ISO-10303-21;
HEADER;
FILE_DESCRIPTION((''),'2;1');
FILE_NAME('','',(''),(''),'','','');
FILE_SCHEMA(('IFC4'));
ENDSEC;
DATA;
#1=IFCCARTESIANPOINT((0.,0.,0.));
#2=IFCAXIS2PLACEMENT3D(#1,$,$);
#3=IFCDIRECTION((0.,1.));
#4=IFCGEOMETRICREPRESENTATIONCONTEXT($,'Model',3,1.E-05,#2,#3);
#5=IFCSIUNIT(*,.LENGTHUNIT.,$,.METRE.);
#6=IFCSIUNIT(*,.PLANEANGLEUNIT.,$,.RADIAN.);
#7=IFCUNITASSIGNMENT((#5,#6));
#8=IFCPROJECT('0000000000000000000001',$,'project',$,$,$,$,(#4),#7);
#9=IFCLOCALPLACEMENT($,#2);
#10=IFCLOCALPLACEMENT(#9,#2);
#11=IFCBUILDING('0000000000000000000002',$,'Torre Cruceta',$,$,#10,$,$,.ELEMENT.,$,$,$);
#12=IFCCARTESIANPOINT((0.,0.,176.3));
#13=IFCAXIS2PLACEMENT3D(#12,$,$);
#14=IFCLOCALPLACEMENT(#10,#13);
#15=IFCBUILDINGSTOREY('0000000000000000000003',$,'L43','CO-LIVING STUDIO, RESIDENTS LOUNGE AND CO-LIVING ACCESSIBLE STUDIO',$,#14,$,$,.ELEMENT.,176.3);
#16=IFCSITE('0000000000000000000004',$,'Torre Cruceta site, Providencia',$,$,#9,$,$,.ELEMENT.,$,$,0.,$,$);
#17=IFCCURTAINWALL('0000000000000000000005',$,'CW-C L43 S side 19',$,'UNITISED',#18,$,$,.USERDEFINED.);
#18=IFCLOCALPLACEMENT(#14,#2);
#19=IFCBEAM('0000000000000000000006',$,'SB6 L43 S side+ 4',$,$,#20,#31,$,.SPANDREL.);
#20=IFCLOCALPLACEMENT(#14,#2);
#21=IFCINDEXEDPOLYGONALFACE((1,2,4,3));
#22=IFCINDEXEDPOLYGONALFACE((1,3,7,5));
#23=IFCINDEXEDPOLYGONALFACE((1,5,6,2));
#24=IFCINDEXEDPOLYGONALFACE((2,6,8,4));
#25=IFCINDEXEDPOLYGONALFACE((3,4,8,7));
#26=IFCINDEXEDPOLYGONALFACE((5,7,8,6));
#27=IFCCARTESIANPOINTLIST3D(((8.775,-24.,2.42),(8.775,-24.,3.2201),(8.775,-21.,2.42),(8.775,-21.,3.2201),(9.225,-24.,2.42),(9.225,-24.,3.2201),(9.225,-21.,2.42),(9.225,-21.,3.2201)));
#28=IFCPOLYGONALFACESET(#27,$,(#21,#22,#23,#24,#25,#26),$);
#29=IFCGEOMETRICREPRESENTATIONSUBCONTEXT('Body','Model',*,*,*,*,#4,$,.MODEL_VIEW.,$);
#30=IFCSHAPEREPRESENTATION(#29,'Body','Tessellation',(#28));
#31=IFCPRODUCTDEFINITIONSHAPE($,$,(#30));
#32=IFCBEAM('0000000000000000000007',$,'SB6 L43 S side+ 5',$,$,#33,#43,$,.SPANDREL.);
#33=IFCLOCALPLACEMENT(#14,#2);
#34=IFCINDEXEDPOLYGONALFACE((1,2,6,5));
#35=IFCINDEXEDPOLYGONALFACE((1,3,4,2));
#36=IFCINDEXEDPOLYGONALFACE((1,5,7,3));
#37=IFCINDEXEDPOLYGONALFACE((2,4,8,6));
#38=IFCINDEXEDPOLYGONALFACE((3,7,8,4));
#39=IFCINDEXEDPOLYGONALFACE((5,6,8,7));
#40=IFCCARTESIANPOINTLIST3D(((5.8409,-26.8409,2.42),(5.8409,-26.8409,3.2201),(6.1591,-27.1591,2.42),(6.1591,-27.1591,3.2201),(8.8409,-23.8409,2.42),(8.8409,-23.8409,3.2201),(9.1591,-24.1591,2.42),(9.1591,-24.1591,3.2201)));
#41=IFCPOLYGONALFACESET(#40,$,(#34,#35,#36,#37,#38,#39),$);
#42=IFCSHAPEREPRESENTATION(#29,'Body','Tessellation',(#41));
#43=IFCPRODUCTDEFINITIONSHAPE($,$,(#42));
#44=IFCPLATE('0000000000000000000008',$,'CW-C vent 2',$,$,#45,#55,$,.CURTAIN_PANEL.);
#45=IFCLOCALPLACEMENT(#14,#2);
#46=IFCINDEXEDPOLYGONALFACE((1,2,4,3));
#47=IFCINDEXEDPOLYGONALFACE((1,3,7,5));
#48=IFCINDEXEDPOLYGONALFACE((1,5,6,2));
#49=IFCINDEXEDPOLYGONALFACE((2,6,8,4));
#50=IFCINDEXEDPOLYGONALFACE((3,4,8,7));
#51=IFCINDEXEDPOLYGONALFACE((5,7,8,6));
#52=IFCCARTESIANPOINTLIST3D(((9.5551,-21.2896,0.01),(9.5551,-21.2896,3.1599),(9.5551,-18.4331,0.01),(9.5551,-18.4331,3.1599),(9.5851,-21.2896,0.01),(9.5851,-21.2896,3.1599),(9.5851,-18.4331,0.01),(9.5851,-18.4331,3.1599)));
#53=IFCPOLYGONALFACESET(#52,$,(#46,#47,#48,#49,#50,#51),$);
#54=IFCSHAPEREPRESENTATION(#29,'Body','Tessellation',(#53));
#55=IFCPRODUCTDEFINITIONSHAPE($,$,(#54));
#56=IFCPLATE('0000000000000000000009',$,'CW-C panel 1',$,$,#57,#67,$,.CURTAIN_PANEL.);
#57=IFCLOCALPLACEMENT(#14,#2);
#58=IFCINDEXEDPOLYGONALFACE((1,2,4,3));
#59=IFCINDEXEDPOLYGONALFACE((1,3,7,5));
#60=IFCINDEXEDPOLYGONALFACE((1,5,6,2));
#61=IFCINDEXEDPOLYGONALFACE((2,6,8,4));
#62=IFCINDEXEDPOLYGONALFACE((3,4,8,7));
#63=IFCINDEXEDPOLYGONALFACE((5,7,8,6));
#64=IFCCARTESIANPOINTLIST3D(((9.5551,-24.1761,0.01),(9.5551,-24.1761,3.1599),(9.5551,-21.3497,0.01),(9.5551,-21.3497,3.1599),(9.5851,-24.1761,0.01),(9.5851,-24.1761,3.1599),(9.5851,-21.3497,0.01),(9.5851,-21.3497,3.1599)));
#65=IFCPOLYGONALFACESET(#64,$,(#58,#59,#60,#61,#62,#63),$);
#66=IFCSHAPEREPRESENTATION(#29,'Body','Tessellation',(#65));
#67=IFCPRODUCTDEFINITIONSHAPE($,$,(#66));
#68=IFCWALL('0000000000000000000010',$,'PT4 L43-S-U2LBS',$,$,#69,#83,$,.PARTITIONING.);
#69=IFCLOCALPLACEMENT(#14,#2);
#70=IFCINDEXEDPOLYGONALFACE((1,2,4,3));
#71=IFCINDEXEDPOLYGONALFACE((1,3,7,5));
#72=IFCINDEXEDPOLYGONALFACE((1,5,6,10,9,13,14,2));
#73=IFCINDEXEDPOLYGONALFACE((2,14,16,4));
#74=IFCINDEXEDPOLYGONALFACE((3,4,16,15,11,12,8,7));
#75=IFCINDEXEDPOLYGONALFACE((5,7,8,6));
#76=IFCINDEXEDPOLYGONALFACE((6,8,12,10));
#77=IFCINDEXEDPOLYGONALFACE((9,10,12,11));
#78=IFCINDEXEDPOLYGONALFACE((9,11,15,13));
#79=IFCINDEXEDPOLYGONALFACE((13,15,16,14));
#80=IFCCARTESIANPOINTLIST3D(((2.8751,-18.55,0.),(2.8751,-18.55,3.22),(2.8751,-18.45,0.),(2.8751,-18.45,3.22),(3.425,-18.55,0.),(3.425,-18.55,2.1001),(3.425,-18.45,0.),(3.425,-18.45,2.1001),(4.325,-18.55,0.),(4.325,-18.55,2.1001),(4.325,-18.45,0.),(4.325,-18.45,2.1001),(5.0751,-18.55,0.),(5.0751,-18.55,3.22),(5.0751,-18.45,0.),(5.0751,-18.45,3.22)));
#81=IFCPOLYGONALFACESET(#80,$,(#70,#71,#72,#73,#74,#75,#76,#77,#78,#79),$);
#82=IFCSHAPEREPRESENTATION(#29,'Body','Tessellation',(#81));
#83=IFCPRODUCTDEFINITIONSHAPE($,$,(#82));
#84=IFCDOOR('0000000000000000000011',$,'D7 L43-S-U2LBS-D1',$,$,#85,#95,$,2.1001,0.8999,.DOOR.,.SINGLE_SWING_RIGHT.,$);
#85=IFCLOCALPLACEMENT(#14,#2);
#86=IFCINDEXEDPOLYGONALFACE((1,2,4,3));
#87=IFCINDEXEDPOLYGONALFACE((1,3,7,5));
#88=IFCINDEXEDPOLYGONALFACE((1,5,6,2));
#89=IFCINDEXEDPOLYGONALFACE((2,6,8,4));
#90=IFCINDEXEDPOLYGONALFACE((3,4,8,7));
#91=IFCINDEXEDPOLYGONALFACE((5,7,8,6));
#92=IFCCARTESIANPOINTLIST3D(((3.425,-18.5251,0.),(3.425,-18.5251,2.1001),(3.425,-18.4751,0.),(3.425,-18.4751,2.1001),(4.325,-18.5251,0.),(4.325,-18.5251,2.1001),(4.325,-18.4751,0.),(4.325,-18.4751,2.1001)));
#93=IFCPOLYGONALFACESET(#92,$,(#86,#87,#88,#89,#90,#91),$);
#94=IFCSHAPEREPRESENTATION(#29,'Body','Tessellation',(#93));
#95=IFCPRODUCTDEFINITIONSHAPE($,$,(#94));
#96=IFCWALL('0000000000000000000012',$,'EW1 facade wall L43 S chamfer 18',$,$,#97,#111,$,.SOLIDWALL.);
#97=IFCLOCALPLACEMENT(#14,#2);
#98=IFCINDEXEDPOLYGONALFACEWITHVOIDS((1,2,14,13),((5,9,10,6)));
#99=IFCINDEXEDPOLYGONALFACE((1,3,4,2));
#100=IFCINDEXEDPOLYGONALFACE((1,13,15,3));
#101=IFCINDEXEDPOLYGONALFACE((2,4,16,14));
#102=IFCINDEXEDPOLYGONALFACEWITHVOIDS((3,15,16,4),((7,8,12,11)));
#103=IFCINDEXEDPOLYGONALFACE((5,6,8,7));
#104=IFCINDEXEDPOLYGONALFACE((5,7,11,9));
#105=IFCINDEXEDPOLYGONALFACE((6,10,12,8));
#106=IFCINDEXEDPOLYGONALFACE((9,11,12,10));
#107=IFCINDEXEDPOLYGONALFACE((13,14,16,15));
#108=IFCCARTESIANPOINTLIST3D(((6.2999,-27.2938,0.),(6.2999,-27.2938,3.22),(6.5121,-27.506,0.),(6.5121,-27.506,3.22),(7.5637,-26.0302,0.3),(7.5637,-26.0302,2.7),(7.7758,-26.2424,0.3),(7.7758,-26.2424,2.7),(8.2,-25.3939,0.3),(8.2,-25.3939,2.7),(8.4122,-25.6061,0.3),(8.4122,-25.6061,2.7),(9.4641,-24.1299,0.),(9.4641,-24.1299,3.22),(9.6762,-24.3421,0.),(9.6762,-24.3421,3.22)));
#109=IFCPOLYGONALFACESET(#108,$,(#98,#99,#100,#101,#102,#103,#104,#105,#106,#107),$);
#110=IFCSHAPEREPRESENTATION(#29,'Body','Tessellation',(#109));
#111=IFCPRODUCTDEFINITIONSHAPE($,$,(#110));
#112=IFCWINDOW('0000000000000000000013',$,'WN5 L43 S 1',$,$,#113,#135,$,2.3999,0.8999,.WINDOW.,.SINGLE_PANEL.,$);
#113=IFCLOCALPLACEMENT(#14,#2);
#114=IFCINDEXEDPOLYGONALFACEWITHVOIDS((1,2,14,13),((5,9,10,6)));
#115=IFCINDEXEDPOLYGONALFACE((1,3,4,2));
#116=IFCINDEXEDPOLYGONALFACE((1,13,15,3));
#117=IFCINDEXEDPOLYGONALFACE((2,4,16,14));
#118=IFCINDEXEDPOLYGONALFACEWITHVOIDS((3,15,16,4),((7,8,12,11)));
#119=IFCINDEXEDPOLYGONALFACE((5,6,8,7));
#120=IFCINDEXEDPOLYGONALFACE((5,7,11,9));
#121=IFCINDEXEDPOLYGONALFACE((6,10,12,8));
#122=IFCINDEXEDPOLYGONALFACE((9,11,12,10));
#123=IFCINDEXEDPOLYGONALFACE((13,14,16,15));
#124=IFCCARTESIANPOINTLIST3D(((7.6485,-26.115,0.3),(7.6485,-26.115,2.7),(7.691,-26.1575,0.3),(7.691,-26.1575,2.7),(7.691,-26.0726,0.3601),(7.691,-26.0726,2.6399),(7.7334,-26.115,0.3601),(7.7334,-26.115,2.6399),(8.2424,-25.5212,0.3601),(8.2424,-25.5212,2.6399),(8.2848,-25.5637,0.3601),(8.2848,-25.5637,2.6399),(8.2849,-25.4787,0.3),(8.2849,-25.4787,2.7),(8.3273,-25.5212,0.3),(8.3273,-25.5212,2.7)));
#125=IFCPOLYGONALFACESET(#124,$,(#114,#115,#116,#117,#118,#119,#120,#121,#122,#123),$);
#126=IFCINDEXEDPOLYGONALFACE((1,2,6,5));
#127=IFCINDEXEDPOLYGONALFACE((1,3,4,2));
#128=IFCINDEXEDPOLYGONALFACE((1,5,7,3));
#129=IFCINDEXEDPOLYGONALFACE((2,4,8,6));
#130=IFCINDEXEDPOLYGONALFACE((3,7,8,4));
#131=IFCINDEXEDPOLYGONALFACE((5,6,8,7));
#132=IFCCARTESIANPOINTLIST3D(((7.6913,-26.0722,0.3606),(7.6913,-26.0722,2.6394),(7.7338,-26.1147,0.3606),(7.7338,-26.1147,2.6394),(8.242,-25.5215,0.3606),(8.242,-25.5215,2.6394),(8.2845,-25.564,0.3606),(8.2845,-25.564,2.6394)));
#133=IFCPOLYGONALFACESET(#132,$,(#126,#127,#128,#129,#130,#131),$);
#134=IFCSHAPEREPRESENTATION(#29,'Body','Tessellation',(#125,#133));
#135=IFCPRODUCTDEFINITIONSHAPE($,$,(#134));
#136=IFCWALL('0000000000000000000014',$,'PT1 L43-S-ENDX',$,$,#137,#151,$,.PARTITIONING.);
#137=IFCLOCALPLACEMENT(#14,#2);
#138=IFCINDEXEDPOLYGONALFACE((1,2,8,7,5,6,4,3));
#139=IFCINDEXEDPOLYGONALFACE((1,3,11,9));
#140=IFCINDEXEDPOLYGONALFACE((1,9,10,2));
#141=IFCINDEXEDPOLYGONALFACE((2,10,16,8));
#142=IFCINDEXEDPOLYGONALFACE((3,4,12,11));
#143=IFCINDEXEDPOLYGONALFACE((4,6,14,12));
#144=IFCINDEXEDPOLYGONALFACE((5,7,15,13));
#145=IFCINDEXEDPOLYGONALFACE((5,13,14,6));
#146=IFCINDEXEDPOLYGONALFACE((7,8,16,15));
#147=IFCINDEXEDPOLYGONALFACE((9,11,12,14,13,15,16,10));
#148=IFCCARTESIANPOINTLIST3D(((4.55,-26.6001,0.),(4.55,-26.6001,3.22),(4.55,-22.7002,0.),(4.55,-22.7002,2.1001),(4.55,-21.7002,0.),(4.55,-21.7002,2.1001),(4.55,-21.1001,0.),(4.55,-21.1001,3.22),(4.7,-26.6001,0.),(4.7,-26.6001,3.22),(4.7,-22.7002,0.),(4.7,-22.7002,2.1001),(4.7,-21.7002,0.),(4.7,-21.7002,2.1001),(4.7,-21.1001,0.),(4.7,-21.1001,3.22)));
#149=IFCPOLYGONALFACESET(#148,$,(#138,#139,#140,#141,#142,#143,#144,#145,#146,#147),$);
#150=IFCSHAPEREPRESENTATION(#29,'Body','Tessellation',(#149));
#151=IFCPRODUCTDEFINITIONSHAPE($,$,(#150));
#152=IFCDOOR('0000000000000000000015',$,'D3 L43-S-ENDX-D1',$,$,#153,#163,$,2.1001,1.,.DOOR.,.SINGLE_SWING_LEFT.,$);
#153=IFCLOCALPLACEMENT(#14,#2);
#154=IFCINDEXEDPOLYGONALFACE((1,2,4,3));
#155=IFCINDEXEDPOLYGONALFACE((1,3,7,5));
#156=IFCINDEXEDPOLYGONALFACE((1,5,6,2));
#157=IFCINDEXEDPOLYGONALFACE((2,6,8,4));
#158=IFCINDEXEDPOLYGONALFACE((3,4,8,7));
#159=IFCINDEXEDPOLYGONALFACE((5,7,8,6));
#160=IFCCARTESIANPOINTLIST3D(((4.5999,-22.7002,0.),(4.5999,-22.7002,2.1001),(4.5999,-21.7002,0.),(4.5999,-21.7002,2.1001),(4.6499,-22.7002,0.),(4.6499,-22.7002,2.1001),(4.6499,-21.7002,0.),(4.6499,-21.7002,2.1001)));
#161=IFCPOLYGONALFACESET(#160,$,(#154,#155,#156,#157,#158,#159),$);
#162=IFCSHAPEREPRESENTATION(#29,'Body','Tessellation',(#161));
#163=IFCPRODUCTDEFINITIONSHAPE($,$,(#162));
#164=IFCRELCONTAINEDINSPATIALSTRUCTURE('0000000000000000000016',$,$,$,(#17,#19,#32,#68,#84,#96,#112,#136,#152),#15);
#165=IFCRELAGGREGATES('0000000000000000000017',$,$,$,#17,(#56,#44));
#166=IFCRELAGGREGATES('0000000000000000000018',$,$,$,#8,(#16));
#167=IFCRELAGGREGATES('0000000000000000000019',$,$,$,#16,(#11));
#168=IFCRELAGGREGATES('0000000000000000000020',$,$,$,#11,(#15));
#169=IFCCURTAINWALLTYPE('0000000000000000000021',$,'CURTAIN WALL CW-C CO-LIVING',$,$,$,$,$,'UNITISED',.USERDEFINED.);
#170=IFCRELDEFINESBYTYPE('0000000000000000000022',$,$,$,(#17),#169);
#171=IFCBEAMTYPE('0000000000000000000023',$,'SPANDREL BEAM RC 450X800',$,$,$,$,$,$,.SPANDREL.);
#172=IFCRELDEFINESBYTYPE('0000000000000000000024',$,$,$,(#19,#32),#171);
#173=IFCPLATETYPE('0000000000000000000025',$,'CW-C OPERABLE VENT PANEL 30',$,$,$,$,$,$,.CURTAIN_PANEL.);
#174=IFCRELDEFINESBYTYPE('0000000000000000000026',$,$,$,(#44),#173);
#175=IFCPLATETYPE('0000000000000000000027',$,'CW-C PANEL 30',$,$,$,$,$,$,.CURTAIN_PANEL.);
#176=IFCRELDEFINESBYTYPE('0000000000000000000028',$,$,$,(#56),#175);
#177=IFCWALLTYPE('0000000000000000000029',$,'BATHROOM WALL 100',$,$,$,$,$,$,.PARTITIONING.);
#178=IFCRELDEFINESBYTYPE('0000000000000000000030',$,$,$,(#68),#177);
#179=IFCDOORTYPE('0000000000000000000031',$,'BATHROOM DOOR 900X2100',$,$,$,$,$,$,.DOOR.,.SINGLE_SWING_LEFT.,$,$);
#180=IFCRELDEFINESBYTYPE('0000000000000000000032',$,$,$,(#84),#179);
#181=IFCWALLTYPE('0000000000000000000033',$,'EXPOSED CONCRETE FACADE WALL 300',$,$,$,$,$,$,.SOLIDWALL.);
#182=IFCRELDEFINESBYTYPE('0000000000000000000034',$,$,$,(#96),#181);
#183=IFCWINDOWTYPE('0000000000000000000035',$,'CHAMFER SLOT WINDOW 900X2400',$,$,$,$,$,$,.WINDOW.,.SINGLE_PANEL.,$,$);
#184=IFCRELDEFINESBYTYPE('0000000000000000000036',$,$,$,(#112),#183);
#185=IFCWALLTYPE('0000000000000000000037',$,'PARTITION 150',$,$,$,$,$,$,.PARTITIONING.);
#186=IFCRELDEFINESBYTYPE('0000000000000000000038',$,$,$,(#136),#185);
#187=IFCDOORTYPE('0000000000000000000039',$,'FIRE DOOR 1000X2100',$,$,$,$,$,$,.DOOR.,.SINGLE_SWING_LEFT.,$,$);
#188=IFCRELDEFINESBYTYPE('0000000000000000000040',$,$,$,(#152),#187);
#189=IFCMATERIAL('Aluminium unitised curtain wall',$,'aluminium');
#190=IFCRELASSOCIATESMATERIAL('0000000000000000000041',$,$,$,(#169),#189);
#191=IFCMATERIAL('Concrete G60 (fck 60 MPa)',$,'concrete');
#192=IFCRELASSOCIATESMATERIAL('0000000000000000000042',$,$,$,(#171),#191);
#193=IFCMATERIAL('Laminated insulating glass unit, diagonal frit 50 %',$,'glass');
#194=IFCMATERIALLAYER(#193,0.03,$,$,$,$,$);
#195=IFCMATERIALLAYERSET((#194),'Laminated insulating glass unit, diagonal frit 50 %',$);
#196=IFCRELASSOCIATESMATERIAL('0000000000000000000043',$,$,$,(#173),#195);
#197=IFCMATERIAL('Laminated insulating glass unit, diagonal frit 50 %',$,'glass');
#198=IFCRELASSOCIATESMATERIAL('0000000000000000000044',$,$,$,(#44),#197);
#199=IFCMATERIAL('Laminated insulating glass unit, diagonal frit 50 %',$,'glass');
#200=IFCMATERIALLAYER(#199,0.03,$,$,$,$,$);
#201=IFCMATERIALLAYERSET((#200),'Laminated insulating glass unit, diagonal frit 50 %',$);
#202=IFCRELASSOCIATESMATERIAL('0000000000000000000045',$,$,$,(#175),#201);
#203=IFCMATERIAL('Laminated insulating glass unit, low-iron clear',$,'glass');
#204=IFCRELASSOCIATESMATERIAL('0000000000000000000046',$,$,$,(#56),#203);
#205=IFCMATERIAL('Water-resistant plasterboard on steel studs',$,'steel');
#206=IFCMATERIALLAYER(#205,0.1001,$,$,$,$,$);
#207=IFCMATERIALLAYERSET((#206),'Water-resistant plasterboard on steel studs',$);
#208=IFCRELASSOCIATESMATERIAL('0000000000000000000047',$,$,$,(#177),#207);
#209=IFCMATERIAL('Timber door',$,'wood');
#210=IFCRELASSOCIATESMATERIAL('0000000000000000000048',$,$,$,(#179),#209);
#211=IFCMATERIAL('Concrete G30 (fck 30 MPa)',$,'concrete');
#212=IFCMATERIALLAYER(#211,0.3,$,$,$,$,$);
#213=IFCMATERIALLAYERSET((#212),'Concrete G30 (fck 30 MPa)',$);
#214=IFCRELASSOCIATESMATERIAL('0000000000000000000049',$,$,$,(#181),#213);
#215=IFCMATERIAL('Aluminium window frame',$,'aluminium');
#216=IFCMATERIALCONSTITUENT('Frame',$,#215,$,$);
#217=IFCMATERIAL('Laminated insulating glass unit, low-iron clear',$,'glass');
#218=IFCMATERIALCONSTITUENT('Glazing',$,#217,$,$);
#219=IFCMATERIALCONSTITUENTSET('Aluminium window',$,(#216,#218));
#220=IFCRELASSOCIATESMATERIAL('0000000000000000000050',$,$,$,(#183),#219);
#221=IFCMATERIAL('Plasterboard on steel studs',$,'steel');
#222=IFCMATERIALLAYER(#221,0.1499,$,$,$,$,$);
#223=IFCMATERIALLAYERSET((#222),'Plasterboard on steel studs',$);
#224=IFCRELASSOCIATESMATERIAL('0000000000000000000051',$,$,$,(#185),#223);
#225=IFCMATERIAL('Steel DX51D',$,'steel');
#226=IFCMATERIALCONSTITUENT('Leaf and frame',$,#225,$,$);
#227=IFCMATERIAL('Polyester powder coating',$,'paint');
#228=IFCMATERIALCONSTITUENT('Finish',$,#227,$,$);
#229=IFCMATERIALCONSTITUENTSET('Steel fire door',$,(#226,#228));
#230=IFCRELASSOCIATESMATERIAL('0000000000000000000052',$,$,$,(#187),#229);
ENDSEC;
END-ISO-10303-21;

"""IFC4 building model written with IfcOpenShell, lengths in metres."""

from ifc_helpers import new_model, si_unit, direction, frame, frame_2d, origin, origin_2d, place, context, subcontext, project, spatial, rectangle, hollow_rectangle, extrude, material, layer, layer_set, constituent, constituent_set, material_profile, profile_set, type_object, element, fill, aggregate, save


model = new_model("IFC4")

# Units and contexts
model_context = context("Model", 3, precision=1e-05, world=origin(), true_north=direction((0.0, 1.0)))
body_context = subcontext(model_context, "Body", "Model", "MODEL_VIEW")
ifc_project = project(units=[si_unit("LENGTHUNIT", "METRE"), si_unit("PLANEANGLEUNIT", "RADIAN")], contexts=[model_context])

# Site, building, storey
site_placement = place(None, origin())
site = spatial("IfcSite", under=ifc_project, at=site_placement, Name="Torre Cruceta site, Providencia", CompositionType="ELEMENT", RefElevation=0.0)
building_placement = place(site_placement, origin())
building = spatial("IfcBuilding", under=site, at=building_placement, Name="Torre Cruceta", CompositionType="ELEMENT")
storey_placement = place(building_placement, frame((0.0, 0.0, 176.3)))
storey = spatial("IfcBuildingStorey", under=building, at=storey_placement, Name="L43", Description="CO-LIVING STUDIO, RESIDENTS LOUNGE AND CO-LIVING ACCESSIBLE STUDIO", CompositionType="ELEMENT", Elevation=176.3)

# Curtain wall
ifc_material_1 = material(Name="Aluminium unitised curtain wall", Category="aluminium")
curtain_wall_type = type_object("IfcCurtainWallType", Name="CURTAIN WALL CW-C CO-LIVING", ElementType="UNITISED", PredefinedType="USERDEFINED", material=ifc_material_1)
curtain_wall_placement = place(storey_placement, origin())
curtain_wall = element("IfcCurtainWall", 1, at=curtain_wall_placement, inside=storey, type_object=curtain_wall_type, Name="CW-C L43 S side 19", ObjectType="UNITISED", PredefinedType="USERDEFINED")

# Beams
ifc_material_2 = material(Name="Concrete G60 (fck 60 MPa)", Category="concrete")
ifc_material_profile_1 = material_profile(ifc_material_2, rectangle(XDim=0.45, YDim=0.8, at=origin_2d()), Name="RC 450X800")
ifc_profile_set_1 = profile_set([ifc_material_profile_1], Name="Concrete G60 (fck 60 MPa)")
beam_type_1 = type_object("IfcBeamType", Name="SPANDREL BEAM RC 450X800", PredefinedType="SPANDREL", material=ifc_profile_set_1)
beam_1_placement = place(storey_placement, frame((9.0, -21.0, 2.8201), z_axis=(0.0, -1.0, 0.0), x_axis=(1.0, 0.0, 0.0)))
element("IfcBeam", 2, at=beam_1_placement, inside=storey, type_object=beam_type_1, Name="SB6 L43 S side+ 4", PredefinedType="SPANDREL", context=body_context, shape_type="SweptSolid", body=[
    extrude(rectangle(XDim=0.45, YDim=0.8, at=origin_2d()), origin(), (0.0, 0.0, 1.0), 3.0),
])
beam_2_placement = place(storey_placement, frame((9.0, -24.0, 2.8201), z_axis=(-0.707107, -0.707107, 0.0), x_axis=(0.707107, -0.707107, 0.0)))
element("IfcBeam", 3, at=beam_2_placement, inside=storey, type_object=beam_type_1, Name="SB6 L43 S side+ 5", PredefinedType="SPANDREL", context=body_context, shape_type="SweptSolid", body=[
    extrude(rectangle(XDim=0.45, YDim=0.8, at=origin_2d()), origin(), (0.0, 0.0, 1.0), 4.2427),
])

# Plates
ifc_material_3 = material(Name="Laminated insulating glass unit, diagonal frit 50 %", Category="glass")
ifc_material_4 = material(Name="Laminated insulating glass unit, diagonal frit 50 %", Category="glass")
ifc_layer_1 = layer(ifc_material_4, 0.03)
ifc_layer_set_1 = layer_set([ifc_layer_1], Name="Laminated insulating glass unit, diagonal frit 50 %")
plate_type_1 = type_object("IfcPlateType", Name="CW-C OPERABLE VENT PANEL 30", PredefinedType="CURTAIN_PANEL", material=ifc_layer_set_1)
plate_1_placement = place(storey_placement, frame((9.5701, -19.8613, 0.01), z_axis=(0.0, 0.0, 1.0), x_axis=(0.0, 1.0, 0.0)))
plate_1 = element("IfcPlate", 4, at=plate_1_placement, type_object=plate_type_1, material=ifc_material_3, Name="CW-C vent 2", PredefinedType="CURTAIN_PANEL", context=body_context, shape_type="SweptSolid", body=[
    extrude(rectangle(XDim=2.8564, YDim=0.03, at=origin_2d()), origin(), (0.0, 0.0, 1.0), 3.1499),
])
ifc_material_5 = material(Name="Laminated insulating glass unit, low-iron clear", Category="glass")
ifc_material_6 = material(Name="Laminated insulating glass unit, diagonal frit 50 %", Category="glass")
ifc_layer_2 = layer(ifc_material_6, 0.03)
ifc_layer_set_2 = layer_set([ifc_layer_2], Name="Laminated insulating glass unit, diagonal frit 50 %")
plate_type_2 = type_object("IfcPlateType", Name="CW-C PANEL 30", PredefinedType="CURTAIN_PANEL", material=ifc_layer_set_2)
plate_2_placement = place(storey_placement, frame((9.5701, -22.7629, 0.01), z_axis=(0.0, 0.0, 1.0), x_axis=(0.0, 1.0, 0.0)))
plate_2 = element("IfcPlate", 5, at=plate_2_placement, type_object=plate_type_2, material=ifc_material_5, Name="CW-C panel 1", PredefinedType="CURTAIN_PANEL", context=body_context, shape_type="SweptSolid", body=[
    extrude(rectangle(XDim=2.8264, YDim=0.03, at=origin_2d()), origin(), (0.0, 0.0, 1.0), 3.1499),
])
aggregate(curtain_wall, [plate_2, plate_1])

# Wall, opening, door
ifc_material_7 = material(Name="Water-resistant plasterboard on steel studs", Category="steel")
ifc_layer_3 = layer(ifc_material_7, 0.1001)
ifc_layer_set_3 = layer_set([ifc_layer_3], Name="Water-resistant plasterboard on steel studs")
wall_type_1 = type_object("IfcWallType", Name="BATHROOM WALL 100", PredefinedType="PARTITIONING", material=ifc_layer_set_3)
wall_1_placement = place(storey_placement, frame((2.875, -18.5, 0.0), z_axis=(0.0, 0.0, 1.0), x_axis=(1.0, 0.0, 0.0)))
wall_1 = element("IfcWall", 6, at=wall_1_placement, inside=storey, type_object=wall_type_1, Name="PT4 L43-S-U2LBS", PredefinedType="PARTITIONING", context=body_context, shape_type="SweptSolid", body=[
    extrude(rectangle(XDim=2.2, YDim=0.1001, at=frame_2d((1.1001, 0.0))), origin(), (0.0, 0.0, 1.0), 3.22),
])
opening_1_placement = place(wall_1_placement, frame((0.55, 0.0, 0.0)))
opening_1 = element("IfcOpeningElement", 7, at=opening_1_placement, cuts=wall_1, PredefinedType="OPENING", context=body_context, shape_type="SweptSolid", body=[
    extrude(rectangle(XDim=0.8999, YDim=2.1001, at=frame_2d((0.45, 1.05))), frame((0.0, 0.0601, 0.0), z_axis=(0.0, -1.0, 0.0), x_axis=(1.0, 0.0, 0.0)), (0.0, 0.0, 1.0), 0.1201),
])
ifc_material_8 = material(Name="Timber door", Category="wood")
door_type_1 = type_object("IfcDoorType", Name="BATHROOM DOOR 900X2100", OperationType="SINGLE_SWING_LEFT", PredefinedType="DOOR", material=ifc_material_8)
door_1_placement = place(opening_1_placement, frame((0.8999, 0.0, 0.0), z_axis=(0.0, 0.0, 1.0), x_axis=(-1.0, 0.0, 0.0)))
door_1 = element("IfcDoor", 8, at=door_1_placement, inside=storey, type_object=door_type_1, Name="D7 L43-S-U2LBS-D1", OperationType="SINGLE_SWING_RIGHT", OverallHeight=2.1001, OverallWidth=0.8999, PredefinedType="DOOR", context=body_context, shape_type="SweptSolid", body=[
    extrude(rectangle(XDim=0.8999, YDim=2.1001, at=frame_2d((0.45, 1.05))), frame((0.0, 0.0251, 0.0), z_axis=(0.0, -1.0, 0.0), x_axis=(1.0, 0.0, 0.0)), (0.0, 0.0, 1.0), 0.05),
])
fill(opening_1, door_1)

# Wall, opening, window
ifc_material_9 = material(Name="Concrete G30 (fck 30 MPa)", Category="concrete")
ifc_layer_4 = layer(ifc_material_9, 0.3)
ifc_layer_set_4 = layer_set([ifc_layer_4], Name="Concrete G30 (fck 30 MPa)")
wall_type_2 = type_object("IfcWallType", Name="EXPOSED CONCRETE FACADE WALL 300", PredefinedType="SOLIDWALL", material=ifc_layer_set_4)
wall_2_placement = place(storey_placement, frame((6.406, -27.3999, 0.0), z_axis=(0.0, 0.0, 1.0), x_axis=(0.707134, 0.707079, 0.0)))
wall_2 = element("IfcWall", 9, at=wall_2_placement, inside=storey, type_object=wall_type_2, Name="EW1 facade wall L43 S chamfer 18", PredefinedType="SOLIDWALL", context=body_context, shape_type="SweptSolid", body=[
    extrude(rectangle(XDim=4.4746, YDim=0.3, at=frame_2d((2.2373, 0.0))), origin(), (0.0, 0.0, 1.0), 3.22),
])
opening_2_placement = place(wall_2_placement, frame((1.7871, 0.0, 0.3)))
opening_2 = element("IfcOpeningElement", 10, at=opening_2_placement, cuts=wall_2, PredefinedType="OPENING", context=body_context, shape_type="SweptSolid", body=[
    extrude(rectangle(XDim=0.8999, YDim=2.3999, at=frame_2d((0.45, 1.2))), frame((0.0, 0.1599, 0.0), z_axis=(0.0, -1.0, 0.0), x_axis=(1.0, 0.0, 0.0)), (0.0, 0.0, 1.0), 0.3201),
])
ifc_material_10 = material(Name="Aluminium window frame", Category="aluminium")
ifc_constituent_1 = constituent(ifc_material_10, Name="Frame")
ifc_material_11 = material(Name="Laminated insulating glass unit, low-iron clear", Category="glass")
ifc_constituent_2 = constituent(ifc_material_11, Name="Glazing")
ifc_constituent_set_1 = constituent_set(constituents=[ifc_constituent_1, ifc_constituent_2], Name="Aluminium window")
window_type = type_object("IfcWindowType", Name="CHAMFER SLOT WINDOW 900X2400", PartitioningType="SINGLE_PANEL", PredefinedType="WINDOW", material=ifc_constituent_set_1)
window_placement = place(opening_2_placement, origin())
window = element("IfcWindow", 11, at=window_placement, inside=storey, type_object=window_type, Name="WN5 L43 S 1", OverallHeight=2.3999, OverallWidth=0.8999, PartitioningType="SINGLE_PANEL", PredefinedType="WINDOW", context=body_context, shape_type="SweptSolid", body=[
    extrude(hollow_rectangle(XDim=0.8999, YDim=2.3999, WallThickness=0.0601, at=frame_2d((0.45, 1.2))), frame((0.0, 0.03, 0.0), z_axis=(0.0, -1.0, 0.0), x_axis=(1.0, 0.0, 0.0)), (0.0, 0.0, 1.0), 0.0601),
    extrude(rectangle(XDim=0.7788, YDim=2.2788, at=frame_2d((0.45, 1.2))), frame((0.0, 0.03, 0.0), z_axis=(0.0, -1.0, 0.0), x_axis=(1.0, 0.0, 0.0)), (0.0, 0.0, 1.0), 0.0601),
])
fill(opening_2, window)

# Wall, opening, door
ifc_material_12 = material(Name="Plasterboard on steel studs", Category="steel")
ifc_layer_5 = layer(ifc_material_12, 0.1499)
ifc_layer_set_5 = layer_set([ifc_layer_5], Name="Plasterboard on steel studs")
wall_type_3 = type_object("IfcWallType", Name="PARTITION 150", PredefinedType="PARTITIONING", material=ifc_layer_set_5)
wall_3_placement = place(storey_placement, frame((4.625, -21.1001, 0.0), z_axis=(0.0, 0.0, 1.0), x_axis=(0.0, -1.0, 0.0)))
wall_3 = element("IfcWall", 12, at=wall_3_placement, inside=storey, type_object=wall_type_3, Name="PT1 L43-S-ENDX", PredefinedType="PARTITIONING", context=body_context, shape_type="SweptSolid", body=[
    extrude(rectangle(XDim=5.5, YDim=0.1499, at=frame_2d((2.75, 0.0))), origin(), (0.0, 0.0, 1.0), 3.22),
])
opening_3_placement = place(wall_3_placement, frame((0.6001, 0.0, 0.0)))
opening_3 = element("IfcOpeningElement", 13, at=opening_3_placement, cuts=wall_3, PredefinedType="OPENING", context=body_context, shape_type="SweptSolid", body=[
    extrude(rectangle(XDim=1.0, YDim=2.1001, at=frame_2d((0.5, 1.05))), frame((0.0, 0.085, 0.0), z_axis=(0.0, -1.0, 0.0), x_axis=(1.0, 0.0, 0.0)), (0.0, 0.0, 1.0), 0.1699),
])
ifc_material_13 = material(Name="Steel DX51D", Category="steel")
ifc_constituent_3 = constituent(ifc_material_13, Name="Leaf and frame")
ifc_material_14 = material(Name="Polyester powder coating", Category="paint")
ifc_constituent_4 = constituent(ifc_material_14, Name="Finish")
ifc_constituent_set_2 = constituent_set(constituents=[ifc_constituent_3, ifc_constituent_4], Name="Steel fire door")
door_type_2 = type_object("IfcDoorType", Name="FIRE DOOR 1000X2100", OperationType="SINGLE_SWING_LEFT", PredefinedType="DOOR", material=ifc_constituent_set_2)
door_2_placement = place(opening_3_placement, origin())
door_2 = element("IfcDoor", 14, at=door_2_placement, inside=storey, type_object=door_type_2, Name="D3 L43-S-ENDX-D1", OperationType="SINGLE_SWING_LEFT", OverallHeight=2.1001, OverallWidth=1.0, PredefinedType="DOOR", context=body_context, shape_type="SweptSolid", body=[
    extrude(rectangle(XDim=1.0, YDim=2.1001, at=frame_2d((0.5, 1.05))), frame((0.0, 0.0249, 0.0), z_axis=(0.0, -1.0, 0.0), x_axis=(1.0, 0.0, 0.0)), (0.0, 0.0, 1.0), 0.05),
])
fill(opening_3, door_2)

save(model, "model.ifc")
